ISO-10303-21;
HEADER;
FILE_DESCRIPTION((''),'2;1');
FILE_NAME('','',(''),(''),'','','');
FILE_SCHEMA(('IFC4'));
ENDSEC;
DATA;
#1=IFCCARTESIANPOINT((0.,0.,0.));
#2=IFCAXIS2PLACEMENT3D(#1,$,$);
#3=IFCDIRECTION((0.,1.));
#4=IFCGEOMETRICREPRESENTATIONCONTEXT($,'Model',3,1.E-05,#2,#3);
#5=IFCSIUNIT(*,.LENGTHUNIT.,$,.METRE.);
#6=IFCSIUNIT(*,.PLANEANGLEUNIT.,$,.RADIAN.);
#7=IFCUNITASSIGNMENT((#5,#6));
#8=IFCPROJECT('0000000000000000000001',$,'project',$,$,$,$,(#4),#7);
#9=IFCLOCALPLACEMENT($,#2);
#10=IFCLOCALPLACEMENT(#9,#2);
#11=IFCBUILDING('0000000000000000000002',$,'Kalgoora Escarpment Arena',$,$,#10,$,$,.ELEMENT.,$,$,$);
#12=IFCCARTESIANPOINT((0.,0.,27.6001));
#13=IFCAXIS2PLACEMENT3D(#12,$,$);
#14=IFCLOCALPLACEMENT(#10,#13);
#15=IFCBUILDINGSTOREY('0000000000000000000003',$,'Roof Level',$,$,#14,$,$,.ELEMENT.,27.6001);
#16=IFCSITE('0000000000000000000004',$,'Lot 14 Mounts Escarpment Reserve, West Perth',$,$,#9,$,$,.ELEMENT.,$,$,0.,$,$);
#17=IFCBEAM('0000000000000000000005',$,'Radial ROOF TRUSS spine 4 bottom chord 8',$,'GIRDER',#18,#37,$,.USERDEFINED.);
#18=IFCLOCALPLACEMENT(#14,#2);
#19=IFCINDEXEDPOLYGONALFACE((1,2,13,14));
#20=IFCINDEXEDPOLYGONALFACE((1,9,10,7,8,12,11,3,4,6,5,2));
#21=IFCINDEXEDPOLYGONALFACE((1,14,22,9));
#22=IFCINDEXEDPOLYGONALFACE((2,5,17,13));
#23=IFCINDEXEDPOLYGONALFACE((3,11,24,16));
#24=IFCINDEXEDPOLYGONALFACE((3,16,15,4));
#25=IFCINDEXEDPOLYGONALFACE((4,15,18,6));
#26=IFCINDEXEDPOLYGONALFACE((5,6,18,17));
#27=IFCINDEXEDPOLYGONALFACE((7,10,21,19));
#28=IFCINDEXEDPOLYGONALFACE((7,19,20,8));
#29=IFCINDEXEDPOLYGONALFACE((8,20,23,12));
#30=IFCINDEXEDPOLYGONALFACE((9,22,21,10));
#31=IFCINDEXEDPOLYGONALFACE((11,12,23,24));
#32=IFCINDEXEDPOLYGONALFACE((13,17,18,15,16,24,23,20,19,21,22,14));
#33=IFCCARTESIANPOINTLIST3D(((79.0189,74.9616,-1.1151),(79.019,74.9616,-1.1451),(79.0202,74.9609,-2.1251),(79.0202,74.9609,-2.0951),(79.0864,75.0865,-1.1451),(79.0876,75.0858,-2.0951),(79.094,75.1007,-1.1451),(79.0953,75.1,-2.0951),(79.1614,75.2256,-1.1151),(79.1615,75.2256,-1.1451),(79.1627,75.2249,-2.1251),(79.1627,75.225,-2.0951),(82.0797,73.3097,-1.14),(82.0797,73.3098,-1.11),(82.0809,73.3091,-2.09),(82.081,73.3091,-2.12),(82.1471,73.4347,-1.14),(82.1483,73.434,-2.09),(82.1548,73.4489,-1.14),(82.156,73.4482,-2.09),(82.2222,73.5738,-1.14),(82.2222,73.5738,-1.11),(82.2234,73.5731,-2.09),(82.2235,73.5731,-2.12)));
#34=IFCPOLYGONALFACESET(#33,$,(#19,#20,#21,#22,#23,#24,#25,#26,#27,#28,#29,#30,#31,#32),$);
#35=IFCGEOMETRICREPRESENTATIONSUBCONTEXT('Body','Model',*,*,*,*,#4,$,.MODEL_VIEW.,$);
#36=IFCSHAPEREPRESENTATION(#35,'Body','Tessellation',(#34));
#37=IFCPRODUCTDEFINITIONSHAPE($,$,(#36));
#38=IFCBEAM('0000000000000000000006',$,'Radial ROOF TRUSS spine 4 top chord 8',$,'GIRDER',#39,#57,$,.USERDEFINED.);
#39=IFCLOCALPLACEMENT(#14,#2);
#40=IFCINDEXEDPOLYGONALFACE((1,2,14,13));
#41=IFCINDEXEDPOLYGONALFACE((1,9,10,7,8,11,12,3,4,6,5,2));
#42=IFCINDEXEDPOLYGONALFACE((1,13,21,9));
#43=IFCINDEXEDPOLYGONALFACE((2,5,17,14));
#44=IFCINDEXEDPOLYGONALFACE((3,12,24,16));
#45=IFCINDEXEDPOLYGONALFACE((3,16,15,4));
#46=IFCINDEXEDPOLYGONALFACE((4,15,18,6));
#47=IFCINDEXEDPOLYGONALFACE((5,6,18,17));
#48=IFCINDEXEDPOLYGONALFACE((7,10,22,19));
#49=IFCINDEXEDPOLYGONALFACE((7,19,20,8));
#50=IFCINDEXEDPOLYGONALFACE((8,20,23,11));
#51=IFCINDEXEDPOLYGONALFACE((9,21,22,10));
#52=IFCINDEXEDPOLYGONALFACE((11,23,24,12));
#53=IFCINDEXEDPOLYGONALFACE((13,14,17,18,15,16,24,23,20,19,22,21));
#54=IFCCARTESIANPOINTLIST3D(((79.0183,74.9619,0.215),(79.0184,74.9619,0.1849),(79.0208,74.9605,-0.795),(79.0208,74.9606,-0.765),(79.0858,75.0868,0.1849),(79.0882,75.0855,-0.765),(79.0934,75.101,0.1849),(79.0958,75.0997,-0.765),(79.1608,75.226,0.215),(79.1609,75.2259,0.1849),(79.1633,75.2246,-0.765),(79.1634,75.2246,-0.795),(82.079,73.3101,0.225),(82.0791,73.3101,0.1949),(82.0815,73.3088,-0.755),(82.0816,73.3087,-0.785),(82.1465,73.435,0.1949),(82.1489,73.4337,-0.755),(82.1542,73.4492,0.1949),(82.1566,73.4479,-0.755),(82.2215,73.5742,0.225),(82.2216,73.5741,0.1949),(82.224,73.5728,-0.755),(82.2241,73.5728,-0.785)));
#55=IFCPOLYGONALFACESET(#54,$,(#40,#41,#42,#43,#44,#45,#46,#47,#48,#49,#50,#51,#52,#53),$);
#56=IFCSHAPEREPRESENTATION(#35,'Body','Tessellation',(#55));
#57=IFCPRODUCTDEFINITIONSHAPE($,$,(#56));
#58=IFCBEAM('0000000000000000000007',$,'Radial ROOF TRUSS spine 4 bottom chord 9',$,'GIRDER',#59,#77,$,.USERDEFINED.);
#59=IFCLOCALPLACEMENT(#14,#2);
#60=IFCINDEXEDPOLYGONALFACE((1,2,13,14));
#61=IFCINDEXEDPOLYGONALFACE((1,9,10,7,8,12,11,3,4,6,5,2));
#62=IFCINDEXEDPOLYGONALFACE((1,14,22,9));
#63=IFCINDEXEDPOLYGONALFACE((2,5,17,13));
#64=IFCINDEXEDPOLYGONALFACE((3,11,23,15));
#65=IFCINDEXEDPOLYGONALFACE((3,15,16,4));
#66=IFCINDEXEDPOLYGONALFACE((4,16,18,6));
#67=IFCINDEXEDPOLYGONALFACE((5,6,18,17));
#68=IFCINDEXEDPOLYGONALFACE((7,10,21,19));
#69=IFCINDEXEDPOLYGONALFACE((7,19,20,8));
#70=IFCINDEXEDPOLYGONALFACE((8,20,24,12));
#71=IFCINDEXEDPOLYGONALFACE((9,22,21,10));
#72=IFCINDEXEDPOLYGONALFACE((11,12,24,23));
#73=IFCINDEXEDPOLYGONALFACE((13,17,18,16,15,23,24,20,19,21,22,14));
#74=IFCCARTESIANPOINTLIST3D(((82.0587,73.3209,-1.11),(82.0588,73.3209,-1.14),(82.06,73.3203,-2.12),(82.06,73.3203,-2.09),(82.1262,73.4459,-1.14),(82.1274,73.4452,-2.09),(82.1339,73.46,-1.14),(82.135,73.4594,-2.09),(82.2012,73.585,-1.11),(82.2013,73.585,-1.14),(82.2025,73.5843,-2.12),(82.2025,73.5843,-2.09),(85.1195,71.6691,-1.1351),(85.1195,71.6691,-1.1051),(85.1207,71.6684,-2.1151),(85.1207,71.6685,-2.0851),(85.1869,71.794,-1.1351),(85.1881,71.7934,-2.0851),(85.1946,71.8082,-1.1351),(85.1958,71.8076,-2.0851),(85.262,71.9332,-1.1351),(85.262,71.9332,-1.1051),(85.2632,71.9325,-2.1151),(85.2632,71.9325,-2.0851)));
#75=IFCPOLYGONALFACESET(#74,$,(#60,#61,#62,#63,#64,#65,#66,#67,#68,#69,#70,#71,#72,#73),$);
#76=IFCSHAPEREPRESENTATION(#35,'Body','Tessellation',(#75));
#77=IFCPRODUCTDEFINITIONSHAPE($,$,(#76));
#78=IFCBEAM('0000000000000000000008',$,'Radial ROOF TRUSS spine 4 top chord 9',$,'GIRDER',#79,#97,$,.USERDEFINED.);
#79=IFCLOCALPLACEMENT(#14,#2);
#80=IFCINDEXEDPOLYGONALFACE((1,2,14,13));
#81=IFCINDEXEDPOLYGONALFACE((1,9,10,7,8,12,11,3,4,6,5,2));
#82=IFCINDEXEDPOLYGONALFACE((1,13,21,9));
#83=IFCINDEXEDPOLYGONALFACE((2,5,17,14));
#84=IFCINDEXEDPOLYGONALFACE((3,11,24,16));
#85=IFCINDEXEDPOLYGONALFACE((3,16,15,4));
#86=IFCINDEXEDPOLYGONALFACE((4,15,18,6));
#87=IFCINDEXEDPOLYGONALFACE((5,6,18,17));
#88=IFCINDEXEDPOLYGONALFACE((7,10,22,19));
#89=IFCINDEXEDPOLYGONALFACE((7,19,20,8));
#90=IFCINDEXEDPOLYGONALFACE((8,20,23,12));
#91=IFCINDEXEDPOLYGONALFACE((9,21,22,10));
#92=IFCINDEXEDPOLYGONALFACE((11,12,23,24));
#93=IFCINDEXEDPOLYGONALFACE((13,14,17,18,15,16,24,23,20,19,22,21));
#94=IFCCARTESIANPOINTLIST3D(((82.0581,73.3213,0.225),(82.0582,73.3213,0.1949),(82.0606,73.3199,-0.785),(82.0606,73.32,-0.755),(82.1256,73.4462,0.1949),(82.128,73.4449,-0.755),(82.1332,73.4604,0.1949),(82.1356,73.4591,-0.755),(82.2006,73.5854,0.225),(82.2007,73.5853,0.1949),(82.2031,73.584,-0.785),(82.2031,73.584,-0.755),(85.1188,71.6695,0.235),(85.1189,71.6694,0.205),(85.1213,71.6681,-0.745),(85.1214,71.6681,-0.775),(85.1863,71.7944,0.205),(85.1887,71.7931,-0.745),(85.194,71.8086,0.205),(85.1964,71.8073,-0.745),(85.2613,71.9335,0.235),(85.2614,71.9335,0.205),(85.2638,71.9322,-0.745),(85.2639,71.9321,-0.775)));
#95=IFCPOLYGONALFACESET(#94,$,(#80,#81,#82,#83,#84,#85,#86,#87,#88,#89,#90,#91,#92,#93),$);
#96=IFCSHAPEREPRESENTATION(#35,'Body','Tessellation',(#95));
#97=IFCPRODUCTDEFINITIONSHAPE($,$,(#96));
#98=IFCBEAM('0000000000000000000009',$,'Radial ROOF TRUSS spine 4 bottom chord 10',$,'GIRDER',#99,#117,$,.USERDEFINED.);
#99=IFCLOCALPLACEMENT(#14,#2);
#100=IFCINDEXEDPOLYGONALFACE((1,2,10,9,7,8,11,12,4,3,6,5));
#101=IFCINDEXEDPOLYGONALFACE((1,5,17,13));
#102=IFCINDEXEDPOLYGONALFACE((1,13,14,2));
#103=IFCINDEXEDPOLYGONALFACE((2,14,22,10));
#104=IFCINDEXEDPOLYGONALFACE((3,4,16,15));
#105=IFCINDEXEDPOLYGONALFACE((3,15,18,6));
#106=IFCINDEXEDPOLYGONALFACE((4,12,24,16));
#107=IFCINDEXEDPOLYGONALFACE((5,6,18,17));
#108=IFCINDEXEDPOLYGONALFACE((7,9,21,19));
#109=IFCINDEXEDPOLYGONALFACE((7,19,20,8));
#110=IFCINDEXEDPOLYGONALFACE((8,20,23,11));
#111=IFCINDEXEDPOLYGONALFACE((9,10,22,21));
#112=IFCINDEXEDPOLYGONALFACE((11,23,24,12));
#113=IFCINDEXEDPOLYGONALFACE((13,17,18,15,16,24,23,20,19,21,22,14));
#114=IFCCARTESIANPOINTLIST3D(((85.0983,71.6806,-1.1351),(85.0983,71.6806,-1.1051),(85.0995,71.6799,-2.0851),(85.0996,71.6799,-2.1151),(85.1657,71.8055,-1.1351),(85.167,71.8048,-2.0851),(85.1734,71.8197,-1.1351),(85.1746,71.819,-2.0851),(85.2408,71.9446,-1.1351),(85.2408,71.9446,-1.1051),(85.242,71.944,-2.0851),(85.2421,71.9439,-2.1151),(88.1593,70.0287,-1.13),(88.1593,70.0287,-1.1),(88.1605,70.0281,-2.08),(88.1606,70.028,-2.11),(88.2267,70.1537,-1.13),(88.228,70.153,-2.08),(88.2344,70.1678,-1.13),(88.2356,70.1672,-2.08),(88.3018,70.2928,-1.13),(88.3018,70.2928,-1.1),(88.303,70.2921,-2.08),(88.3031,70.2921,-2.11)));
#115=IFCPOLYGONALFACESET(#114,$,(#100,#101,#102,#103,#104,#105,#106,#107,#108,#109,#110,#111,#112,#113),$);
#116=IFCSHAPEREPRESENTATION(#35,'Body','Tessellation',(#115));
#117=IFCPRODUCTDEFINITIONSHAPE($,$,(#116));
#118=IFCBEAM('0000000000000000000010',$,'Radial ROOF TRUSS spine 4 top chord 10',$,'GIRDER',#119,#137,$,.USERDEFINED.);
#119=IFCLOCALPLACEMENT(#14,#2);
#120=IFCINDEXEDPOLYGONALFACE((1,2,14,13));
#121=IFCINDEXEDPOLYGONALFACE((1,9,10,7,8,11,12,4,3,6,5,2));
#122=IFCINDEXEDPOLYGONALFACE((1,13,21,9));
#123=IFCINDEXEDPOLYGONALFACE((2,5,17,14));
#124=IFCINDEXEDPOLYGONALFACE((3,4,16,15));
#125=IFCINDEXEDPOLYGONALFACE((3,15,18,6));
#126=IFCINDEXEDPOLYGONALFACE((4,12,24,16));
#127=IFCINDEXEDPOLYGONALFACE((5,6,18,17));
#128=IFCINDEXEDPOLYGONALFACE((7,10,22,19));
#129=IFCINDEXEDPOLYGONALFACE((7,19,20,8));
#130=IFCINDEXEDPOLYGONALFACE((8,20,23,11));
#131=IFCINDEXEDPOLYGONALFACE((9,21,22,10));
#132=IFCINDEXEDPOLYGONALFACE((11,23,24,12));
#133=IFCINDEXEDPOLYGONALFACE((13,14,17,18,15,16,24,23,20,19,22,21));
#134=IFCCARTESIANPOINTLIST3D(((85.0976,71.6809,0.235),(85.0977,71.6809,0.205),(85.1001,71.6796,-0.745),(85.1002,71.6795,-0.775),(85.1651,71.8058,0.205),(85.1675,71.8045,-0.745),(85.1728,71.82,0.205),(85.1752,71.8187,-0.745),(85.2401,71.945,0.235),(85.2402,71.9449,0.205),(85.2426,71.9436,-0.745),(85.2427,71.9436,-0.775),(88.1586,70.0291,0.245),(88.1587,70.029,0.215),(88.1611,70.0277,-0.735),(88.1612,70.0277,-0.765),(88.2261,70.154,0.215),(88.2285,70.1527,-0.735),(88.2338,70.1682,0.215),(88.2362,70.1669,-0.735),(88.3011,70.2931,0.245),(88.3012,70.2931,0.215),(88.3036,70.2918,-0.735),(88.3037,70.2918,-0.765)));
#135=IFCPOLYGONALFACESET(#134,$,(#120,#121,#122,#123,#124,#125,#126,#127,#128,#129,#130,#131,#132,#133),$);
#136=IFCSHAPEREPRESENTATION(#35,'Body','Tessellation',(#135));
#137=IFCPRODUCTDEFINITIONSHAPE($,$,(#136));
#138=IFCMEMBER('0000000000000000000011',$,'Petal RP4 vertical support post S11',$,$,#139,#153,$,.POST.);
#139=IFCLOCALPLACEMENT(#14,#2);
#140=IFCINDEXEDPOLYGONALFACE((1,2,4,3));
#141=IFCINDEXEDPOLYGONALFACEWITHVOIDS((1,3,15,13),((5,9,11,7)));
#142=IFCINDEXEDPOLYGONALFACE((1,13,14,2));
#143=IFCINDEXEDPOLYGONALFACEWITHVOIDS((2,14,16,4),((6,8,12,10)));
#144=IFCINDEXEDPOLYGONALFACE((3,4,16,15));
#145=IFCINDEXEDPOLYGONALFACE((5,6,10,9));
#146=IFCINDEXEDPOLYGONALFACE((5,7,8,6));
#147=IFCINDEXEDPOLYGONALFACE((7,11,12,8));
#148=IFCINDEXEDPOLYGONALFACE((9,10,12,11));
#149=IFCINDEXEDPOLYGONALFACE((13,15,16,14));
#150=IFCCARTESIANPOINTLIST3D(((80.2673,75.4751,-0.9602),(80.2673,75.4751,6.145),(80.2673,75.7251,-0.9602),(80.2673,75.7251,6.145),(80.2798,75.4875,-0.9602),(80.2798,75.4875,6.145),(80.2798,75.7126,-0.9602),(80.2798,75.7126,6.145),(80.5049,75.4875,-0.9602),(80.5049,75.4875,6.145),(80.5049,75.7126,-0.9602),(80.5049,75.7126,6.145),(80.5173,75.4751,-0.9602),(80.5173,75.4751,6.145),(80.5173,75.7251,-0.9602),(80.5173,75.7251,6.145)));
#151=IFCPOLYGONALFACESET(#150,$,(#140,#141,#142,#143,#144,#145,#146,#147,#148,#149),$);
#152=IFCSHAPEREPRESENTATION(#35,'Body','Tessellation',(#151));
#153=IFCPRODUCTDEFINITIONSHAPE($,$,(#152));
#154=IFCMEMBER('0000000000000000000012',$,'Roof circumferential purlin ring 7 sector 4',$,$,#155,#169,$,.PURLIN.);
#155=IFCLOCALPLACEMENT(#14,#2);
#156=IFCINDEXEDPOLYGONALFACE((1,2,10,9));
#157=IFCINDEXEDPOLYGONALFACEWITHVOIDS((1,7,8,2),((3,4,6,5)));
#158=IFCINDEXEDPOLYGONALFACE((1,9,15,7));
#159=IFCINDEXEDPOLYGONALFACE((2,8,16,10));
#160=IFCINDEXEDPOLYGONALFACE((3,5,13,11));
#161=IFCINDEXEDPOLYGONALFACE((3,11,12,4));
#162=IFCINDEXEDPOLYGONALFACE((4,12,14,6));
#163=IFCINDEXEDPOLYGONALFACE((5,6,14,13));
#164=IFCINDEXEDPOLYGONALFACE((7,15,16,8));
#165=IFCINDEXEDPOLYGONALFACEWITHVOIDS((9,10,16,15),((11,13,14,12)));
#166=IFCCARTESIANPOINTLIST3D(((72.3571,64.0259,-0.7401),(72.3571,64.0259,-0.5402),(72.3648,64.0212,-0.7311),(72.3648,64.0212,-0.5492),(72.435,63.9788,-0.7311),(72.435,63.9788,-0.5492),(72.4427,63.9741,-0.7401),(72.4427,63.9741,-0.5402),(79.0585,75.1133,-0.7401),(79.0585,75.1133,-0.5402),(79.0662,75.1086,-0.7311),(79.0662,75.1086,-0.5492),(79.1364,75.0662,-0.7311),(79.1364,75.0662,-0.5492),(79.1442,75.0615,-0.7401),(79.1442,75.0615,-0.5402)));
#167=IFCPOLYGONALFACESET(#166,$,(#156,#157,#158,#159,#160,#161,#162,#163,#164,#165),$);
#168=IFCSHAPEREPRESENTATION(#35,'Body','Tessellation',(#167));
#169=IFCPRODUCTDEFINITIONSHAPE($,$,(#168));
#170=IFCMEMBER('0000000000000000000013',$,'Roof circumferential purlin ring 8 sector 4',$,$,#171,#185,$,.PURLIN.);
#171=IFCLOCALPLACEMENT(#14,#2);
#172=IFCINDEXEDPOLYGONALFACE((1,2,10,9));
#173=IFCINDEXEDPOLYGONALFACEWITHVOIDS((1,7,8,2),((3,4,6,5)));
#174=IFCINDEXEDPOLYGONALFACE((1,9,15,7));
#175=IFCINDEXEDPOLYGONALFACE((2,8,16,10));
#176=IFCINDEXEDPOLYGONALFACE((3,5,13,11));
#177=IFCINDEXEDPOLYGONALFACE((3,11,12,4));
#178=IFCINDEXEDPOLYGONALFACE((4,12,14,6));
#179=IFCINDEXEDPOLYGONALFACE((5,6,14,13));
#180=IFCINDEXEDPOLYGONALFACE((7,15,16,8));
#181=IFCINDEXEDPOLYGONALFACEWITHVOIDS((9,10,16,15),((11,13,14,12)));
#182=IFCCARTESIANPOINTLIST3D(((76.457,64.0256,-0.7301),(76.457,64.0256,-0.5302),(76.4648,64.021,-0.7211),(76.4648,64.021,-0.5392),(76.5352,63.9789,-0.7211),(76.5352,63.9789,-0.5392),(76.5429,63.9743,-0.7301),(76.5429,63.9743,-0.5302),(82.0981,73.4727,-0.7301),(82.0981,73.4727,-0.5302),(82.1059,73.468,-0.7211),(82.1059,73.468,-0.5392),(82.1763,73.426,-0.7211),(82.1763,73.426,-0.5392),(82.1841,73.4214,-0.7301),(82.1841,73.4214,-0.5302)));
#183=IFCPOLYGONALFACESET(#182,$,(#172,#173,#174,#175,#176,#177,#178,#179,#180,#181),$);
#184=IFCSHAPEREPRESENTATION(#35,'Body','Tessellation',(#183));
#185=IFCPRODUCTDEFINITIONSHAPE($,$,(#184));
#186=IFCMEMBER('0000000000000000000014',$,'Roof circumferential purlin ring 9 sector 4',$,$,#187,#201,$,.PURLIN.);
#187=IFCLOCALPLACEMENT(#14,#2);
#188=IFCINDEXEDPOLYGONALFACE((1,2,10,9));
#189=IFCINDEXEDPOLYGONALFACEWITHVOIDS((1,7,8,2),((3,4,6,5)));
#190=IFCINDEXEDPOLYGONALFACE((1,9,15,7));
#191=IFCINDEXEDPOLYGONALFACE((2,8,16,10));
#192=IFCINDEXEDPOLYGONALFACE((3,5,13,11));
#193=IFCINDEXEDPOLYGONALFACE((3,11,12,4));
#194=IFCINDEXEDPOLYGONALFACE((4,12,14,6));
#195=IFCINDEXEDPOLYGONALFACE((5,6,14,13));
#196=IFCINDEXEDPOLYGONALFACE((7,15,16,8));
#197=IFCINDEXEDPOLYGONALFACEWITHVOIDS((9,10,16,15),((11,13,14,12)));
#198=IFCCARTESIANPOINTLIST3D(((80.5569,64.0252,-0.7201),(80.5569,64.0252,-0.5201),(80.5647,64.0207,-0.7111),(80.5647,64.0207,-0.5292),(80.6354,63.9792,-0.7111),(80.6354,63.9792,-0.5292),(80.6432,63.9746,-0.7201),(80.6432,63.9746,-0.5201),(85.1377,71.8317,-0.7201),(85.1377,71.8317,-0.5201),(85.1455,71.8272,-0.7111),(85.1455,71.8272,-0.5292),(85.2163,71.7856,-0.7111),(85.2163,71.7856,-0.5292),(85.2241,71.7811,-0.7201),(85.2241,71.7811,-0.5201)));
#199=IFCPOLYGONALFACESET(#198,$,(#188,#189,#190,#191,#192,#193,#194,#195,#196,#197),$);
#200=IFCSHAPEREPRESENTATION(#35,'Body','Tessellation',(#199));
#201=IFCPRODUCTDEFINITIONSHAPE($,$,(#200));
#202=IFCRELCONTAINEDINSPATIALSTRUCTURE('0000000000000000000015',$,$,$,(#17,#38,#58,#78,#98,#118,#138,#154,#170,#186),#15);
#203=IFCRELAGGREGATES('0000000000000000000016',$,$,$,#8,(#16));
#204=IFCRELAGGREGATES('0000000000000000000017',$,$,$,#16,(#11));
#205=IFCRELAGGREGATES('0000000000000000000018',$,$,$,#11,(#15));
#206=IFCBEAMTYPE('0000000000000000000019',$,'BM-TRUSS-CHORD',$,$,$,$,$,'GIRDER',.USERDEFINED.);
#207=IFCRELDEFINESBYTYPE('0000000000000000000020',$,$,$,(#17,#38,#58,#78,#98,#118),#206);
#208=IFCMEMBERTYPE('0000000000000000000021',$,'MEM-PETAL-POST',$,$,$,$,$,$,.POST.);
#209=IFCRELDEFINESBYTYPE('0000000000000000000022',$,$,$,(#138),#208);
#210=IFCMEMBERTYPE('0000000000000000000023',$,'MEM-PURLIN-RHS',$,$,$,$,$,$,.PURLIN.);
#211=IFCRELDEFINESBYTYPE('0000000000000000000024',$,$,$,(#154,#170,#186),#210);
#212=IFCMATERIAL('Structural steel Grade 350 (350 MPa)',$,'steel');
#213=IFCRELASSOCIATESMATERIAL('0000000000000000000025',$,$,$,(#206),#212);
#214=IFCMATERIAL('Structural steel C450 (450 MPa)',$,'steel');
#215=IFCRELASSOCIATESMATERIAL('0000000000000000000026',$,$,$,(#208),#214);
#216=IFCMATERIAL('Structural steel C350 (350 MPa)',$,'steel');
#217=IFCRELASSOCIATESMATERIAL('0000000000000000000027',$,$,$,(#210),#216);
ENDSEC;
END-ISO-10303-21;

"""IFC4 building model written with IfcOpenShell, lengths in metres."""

from ifc_helpers import new_model, si_unit, direction, frame, origin, origin_2d, place, context, subcontext, project, spatial, hollow_rectangle, i_section, extrude, material, material_profile, profile_set, type_object, element, save


model = new_model("IFC4")

# Units and contexts
model_context = context("Model", 3, precision=1e-05, world=origin(), true_north=direction((0.0, 1.0)))
body_context = subcontext(model_context, "Body", "Model", "MODEL_VIEW")
ifc_project = project(units=[si_unit("LENGTHUNIT", "METRE"), si_unit("PLANEANGLEUNIT", "RADIAN")], contexts=[model_context])

# Site, building, storey
site_placement = place(None, origin())
site = spatial("IfcSite", under=ifc_project, at=site_placement, Name="Lot 14 Mounts Escarpment Reserve, West Perth", CompositionType="ELEMENT", RefElevation=0.0)
building_placement = place(site_placement, origin())
building = spatial("IfcBuilding", under=site, at=building_placement, Name="Kalgoora Escarpment Arena", CompositionType="ELEMENT")
storey_placement = place(building_placement, frame((0.0, 0.0, 27.6001)))
storey = spatial("IfcBuildingStorey", under=building, at=storey_placement, Name="Roof Level", CompositionType="ELEMENT", Elevation=27.6001)

# Beams
ifc_material_1 = material(Name="Structural steel Grade 350 (350 MPa)", Category="steel")
ifc_material_profile_1 = material_profile(ifc_material_1, i_section(OverallWidth=0.3, OverallDepth=1.01, WebThickness=0.0161, FlangeThickness=0.03, at=origin_2d()))
ifc_profile_set_1 = profile_set([ifc_material_profile_1], Name="Structural steel Grade 350 (350 MPa)")
beam_type = type_object("IfcBeamType", Name="BM-TRUSS-CHORD", ElementType="GIRDER", PredefinedType="USERDEFINED", material=ifc_profile_set_1)
for number, where, z_axis, x_axis, name in (
    (1, (79.0908, 75.0933, -1.6201), (0.880021, -0.474932, 0.001474), (0.474933, 0.880022, 0.0), "Radial ROOF TRUSS spine 4 bottom chord 8"),
    (2, (79.0908, 75.0933, -0.29), (0.880019, -0.474931, 0.002878), (0.474933, 0.880022, 0.0), "Radial ROOF TRUSS spine 4 top chord 8"),
    (3, (82.1306, 73.4526, -1.615), (0.880021, -0.474932, 0.001404), (0.474933, 0.880022, 0.0), "Radial ROOF TRUSS spine 4 bottom chord 9"),
    (4, (82.1306, 73.4526, -0.28), (0.880019, -0.474931, 0.002878), (0.474933, 0.880022, 0.0), "Radial ROOF TRUSS spine 4 top chord 9"),
):
    element("IfcBeam", number, at=place(storey_placement, frame(where, z_axis=z_axis, x_axis=x_axis)), inside=storey, type_object=beam_type, Name=name, ObjectType="GIRDER", PredefinedType="USERDEFINED", context=body_context, shape_type="SweptSolid", body=[
        extrude(i_section(OverallWidth=0.3, OverallDepth=1.01, WebThickness=0.0161, FlangeThickness=0.03, at=origin_2d()), origin(), (0.0, 0.0, 1.0), 3.478),
    ])
for number, where, z_axis, x_axis, name in (
    (5, (85.1702, 71.8123, -1.6101), (0.880037, -0.474903, 0.001474), (0.474903, 0.880038, 0.0), "Radial ROOF TRUSS spine 4 bottom chord 10"),
    (6, (85.1702, 71.8123, -0.27), (0.880034, -0.474901, 0.002878), (0.474903, 0.880038, 0.0), "Radial ROOF TRUSS spine 4 top chord 10"),
):
    element("IfcBeam", number, at=place(storey_placement, frame(where, z_axis=z_axis, x_axis=x_axis)), inside=storey, type_object=beam_type, Name=name, ObjectType="GIRDER", PredefinedType="USERDEFINED", context=body_context, shape_type="SweptSolid", body=[
        extrude(i_section(OverallWidth=0.3, OverallDepth=1.01, WebThickness=0.0161, FlangeThickness=0.03, at=origin_2d()), origin(), (0.0, 0.0, 1.0), 3.4783),
    ])

# Members
ifc_material_2 = material(Name="Structural steel C450 (450 MPa)", Category="steel")
ifc_material_profile_2 = material_profile(ifc_material_2, hollow_rectangle(XDim=0.25, YDim=0.25, WallThickness=0.0125, at=origin_2d()))
ifc_profile_set_2 = profile_set([ifc_material_profile_2], Name="Structural steel C450 (450 MPa)")
member_type_1 = type_object("IfcMemberType", Name="MEM-PETAL-POST", PredefinedType="POST", material=ifc_profile_set_2)
member_1_placement = place(storey_placement, frame((80.3923, 75.6001, -0.9602), z_axis=(0.0, 0.0, 1.0), x_axis=(1.0, 0.0, 0.0)))
element("IfcMember", 7, at=member_1_placement, inside=storey, type_object=member_type_1, Name="Petal RP4 vertical support post S11", PredefinedType="POST", context=body_context, shape_type="SweptSolid", body=[
    extrude(hollow_rectangle(XDim=0.25, YDim=0.25, WallThickness=0.0125, at=origin_2d()), origin(), (0.0, 0.0, 1.0), 7.1052),
])
ifc_material_3 = material(Name="Structural steel C350 (350 MPa)", Category="steel")
ifc_material_profile_3 = material_profile(ifc_material_3, hollow_rectangle(XDim=0.1001, YDim=0.2, WallThickness=0.009, at=origin_2d()))
ifc_profile_set_3 = profile_set([ifc_material_profile_3], Name="Structural steel C350 (350 MPa)")
member_type_2 = type_object("IfcMemberType", Name="MEM-PURLIN-RHS", PredefinedType="PURLIN", material=ifc_profile_set_3)
member_2_placement = place(storey_placement, frame((79.1013, 75.0874, -0.6401), z_axis=(-0.517273, -0.855821, 0.0), x_axis=(0.855821, -0.517273, 0.0)))
element("IfcMember", 8, at=member_2_placement, inside=storey, type_object=member_type_2, Name="Roof circumferential purlin ring 7 sector 4", PredefinedType="PURLIN", context=body_context, shape_type="SweptSolid", body=[
    extrude(hollow_rectangle(XDim=0.1001, YDim=0.2, WallThickness=0.009, at=origin_2d()), origin(), (0.0, 0.0, 1.0), 12.9553),
])
member_3_placement = place(storey_placement, frame((82.1411, 73.447, -0.6301), z_axis=(-0.512684, -0.858578, 0.0), x_axis=(0.858578, -0.512684, 0.0)))
element("IfcMember", 9, at=member_3_placement, inside=storey, type_object=member_type_2, Name="Roof circumferential purlin ring 8 sector 4", PredefinedType="PURLIN", context=body_context, shape_type="SweptSolid", body=[
    extrude(hollow_rectangle(XDim=0.1001, YDim=0.2, WallThickness=0.009, at=origin_2d()), origin(), (0.0, 0.0, 1.0), 11.0032),
])
member_4_placement = place(storey_placement, frame((85.1809, 71.8064, -0.6201), z_axis=(-0.506102, -0.862474, 0.0), x_axis=(0.862474, -0.506102, 0.0)))
element("IfcMember", 10, at=member_4_placement, inside=storey, type_object=member_type_2, Name="Roof circumferential purlin ring 9 sector 4", PredefinedType="PURLIN", context=body_context, shape_type="SweptSolid", body=[
    extrude(hollow_rectangle(XDim=0.1001, YDim=0.2, WallThickness=0.009, at=origin_2d()), origin(), (0.0, 0.0, 1.0), 9.0513),
])

save(model, "model.ifc")
